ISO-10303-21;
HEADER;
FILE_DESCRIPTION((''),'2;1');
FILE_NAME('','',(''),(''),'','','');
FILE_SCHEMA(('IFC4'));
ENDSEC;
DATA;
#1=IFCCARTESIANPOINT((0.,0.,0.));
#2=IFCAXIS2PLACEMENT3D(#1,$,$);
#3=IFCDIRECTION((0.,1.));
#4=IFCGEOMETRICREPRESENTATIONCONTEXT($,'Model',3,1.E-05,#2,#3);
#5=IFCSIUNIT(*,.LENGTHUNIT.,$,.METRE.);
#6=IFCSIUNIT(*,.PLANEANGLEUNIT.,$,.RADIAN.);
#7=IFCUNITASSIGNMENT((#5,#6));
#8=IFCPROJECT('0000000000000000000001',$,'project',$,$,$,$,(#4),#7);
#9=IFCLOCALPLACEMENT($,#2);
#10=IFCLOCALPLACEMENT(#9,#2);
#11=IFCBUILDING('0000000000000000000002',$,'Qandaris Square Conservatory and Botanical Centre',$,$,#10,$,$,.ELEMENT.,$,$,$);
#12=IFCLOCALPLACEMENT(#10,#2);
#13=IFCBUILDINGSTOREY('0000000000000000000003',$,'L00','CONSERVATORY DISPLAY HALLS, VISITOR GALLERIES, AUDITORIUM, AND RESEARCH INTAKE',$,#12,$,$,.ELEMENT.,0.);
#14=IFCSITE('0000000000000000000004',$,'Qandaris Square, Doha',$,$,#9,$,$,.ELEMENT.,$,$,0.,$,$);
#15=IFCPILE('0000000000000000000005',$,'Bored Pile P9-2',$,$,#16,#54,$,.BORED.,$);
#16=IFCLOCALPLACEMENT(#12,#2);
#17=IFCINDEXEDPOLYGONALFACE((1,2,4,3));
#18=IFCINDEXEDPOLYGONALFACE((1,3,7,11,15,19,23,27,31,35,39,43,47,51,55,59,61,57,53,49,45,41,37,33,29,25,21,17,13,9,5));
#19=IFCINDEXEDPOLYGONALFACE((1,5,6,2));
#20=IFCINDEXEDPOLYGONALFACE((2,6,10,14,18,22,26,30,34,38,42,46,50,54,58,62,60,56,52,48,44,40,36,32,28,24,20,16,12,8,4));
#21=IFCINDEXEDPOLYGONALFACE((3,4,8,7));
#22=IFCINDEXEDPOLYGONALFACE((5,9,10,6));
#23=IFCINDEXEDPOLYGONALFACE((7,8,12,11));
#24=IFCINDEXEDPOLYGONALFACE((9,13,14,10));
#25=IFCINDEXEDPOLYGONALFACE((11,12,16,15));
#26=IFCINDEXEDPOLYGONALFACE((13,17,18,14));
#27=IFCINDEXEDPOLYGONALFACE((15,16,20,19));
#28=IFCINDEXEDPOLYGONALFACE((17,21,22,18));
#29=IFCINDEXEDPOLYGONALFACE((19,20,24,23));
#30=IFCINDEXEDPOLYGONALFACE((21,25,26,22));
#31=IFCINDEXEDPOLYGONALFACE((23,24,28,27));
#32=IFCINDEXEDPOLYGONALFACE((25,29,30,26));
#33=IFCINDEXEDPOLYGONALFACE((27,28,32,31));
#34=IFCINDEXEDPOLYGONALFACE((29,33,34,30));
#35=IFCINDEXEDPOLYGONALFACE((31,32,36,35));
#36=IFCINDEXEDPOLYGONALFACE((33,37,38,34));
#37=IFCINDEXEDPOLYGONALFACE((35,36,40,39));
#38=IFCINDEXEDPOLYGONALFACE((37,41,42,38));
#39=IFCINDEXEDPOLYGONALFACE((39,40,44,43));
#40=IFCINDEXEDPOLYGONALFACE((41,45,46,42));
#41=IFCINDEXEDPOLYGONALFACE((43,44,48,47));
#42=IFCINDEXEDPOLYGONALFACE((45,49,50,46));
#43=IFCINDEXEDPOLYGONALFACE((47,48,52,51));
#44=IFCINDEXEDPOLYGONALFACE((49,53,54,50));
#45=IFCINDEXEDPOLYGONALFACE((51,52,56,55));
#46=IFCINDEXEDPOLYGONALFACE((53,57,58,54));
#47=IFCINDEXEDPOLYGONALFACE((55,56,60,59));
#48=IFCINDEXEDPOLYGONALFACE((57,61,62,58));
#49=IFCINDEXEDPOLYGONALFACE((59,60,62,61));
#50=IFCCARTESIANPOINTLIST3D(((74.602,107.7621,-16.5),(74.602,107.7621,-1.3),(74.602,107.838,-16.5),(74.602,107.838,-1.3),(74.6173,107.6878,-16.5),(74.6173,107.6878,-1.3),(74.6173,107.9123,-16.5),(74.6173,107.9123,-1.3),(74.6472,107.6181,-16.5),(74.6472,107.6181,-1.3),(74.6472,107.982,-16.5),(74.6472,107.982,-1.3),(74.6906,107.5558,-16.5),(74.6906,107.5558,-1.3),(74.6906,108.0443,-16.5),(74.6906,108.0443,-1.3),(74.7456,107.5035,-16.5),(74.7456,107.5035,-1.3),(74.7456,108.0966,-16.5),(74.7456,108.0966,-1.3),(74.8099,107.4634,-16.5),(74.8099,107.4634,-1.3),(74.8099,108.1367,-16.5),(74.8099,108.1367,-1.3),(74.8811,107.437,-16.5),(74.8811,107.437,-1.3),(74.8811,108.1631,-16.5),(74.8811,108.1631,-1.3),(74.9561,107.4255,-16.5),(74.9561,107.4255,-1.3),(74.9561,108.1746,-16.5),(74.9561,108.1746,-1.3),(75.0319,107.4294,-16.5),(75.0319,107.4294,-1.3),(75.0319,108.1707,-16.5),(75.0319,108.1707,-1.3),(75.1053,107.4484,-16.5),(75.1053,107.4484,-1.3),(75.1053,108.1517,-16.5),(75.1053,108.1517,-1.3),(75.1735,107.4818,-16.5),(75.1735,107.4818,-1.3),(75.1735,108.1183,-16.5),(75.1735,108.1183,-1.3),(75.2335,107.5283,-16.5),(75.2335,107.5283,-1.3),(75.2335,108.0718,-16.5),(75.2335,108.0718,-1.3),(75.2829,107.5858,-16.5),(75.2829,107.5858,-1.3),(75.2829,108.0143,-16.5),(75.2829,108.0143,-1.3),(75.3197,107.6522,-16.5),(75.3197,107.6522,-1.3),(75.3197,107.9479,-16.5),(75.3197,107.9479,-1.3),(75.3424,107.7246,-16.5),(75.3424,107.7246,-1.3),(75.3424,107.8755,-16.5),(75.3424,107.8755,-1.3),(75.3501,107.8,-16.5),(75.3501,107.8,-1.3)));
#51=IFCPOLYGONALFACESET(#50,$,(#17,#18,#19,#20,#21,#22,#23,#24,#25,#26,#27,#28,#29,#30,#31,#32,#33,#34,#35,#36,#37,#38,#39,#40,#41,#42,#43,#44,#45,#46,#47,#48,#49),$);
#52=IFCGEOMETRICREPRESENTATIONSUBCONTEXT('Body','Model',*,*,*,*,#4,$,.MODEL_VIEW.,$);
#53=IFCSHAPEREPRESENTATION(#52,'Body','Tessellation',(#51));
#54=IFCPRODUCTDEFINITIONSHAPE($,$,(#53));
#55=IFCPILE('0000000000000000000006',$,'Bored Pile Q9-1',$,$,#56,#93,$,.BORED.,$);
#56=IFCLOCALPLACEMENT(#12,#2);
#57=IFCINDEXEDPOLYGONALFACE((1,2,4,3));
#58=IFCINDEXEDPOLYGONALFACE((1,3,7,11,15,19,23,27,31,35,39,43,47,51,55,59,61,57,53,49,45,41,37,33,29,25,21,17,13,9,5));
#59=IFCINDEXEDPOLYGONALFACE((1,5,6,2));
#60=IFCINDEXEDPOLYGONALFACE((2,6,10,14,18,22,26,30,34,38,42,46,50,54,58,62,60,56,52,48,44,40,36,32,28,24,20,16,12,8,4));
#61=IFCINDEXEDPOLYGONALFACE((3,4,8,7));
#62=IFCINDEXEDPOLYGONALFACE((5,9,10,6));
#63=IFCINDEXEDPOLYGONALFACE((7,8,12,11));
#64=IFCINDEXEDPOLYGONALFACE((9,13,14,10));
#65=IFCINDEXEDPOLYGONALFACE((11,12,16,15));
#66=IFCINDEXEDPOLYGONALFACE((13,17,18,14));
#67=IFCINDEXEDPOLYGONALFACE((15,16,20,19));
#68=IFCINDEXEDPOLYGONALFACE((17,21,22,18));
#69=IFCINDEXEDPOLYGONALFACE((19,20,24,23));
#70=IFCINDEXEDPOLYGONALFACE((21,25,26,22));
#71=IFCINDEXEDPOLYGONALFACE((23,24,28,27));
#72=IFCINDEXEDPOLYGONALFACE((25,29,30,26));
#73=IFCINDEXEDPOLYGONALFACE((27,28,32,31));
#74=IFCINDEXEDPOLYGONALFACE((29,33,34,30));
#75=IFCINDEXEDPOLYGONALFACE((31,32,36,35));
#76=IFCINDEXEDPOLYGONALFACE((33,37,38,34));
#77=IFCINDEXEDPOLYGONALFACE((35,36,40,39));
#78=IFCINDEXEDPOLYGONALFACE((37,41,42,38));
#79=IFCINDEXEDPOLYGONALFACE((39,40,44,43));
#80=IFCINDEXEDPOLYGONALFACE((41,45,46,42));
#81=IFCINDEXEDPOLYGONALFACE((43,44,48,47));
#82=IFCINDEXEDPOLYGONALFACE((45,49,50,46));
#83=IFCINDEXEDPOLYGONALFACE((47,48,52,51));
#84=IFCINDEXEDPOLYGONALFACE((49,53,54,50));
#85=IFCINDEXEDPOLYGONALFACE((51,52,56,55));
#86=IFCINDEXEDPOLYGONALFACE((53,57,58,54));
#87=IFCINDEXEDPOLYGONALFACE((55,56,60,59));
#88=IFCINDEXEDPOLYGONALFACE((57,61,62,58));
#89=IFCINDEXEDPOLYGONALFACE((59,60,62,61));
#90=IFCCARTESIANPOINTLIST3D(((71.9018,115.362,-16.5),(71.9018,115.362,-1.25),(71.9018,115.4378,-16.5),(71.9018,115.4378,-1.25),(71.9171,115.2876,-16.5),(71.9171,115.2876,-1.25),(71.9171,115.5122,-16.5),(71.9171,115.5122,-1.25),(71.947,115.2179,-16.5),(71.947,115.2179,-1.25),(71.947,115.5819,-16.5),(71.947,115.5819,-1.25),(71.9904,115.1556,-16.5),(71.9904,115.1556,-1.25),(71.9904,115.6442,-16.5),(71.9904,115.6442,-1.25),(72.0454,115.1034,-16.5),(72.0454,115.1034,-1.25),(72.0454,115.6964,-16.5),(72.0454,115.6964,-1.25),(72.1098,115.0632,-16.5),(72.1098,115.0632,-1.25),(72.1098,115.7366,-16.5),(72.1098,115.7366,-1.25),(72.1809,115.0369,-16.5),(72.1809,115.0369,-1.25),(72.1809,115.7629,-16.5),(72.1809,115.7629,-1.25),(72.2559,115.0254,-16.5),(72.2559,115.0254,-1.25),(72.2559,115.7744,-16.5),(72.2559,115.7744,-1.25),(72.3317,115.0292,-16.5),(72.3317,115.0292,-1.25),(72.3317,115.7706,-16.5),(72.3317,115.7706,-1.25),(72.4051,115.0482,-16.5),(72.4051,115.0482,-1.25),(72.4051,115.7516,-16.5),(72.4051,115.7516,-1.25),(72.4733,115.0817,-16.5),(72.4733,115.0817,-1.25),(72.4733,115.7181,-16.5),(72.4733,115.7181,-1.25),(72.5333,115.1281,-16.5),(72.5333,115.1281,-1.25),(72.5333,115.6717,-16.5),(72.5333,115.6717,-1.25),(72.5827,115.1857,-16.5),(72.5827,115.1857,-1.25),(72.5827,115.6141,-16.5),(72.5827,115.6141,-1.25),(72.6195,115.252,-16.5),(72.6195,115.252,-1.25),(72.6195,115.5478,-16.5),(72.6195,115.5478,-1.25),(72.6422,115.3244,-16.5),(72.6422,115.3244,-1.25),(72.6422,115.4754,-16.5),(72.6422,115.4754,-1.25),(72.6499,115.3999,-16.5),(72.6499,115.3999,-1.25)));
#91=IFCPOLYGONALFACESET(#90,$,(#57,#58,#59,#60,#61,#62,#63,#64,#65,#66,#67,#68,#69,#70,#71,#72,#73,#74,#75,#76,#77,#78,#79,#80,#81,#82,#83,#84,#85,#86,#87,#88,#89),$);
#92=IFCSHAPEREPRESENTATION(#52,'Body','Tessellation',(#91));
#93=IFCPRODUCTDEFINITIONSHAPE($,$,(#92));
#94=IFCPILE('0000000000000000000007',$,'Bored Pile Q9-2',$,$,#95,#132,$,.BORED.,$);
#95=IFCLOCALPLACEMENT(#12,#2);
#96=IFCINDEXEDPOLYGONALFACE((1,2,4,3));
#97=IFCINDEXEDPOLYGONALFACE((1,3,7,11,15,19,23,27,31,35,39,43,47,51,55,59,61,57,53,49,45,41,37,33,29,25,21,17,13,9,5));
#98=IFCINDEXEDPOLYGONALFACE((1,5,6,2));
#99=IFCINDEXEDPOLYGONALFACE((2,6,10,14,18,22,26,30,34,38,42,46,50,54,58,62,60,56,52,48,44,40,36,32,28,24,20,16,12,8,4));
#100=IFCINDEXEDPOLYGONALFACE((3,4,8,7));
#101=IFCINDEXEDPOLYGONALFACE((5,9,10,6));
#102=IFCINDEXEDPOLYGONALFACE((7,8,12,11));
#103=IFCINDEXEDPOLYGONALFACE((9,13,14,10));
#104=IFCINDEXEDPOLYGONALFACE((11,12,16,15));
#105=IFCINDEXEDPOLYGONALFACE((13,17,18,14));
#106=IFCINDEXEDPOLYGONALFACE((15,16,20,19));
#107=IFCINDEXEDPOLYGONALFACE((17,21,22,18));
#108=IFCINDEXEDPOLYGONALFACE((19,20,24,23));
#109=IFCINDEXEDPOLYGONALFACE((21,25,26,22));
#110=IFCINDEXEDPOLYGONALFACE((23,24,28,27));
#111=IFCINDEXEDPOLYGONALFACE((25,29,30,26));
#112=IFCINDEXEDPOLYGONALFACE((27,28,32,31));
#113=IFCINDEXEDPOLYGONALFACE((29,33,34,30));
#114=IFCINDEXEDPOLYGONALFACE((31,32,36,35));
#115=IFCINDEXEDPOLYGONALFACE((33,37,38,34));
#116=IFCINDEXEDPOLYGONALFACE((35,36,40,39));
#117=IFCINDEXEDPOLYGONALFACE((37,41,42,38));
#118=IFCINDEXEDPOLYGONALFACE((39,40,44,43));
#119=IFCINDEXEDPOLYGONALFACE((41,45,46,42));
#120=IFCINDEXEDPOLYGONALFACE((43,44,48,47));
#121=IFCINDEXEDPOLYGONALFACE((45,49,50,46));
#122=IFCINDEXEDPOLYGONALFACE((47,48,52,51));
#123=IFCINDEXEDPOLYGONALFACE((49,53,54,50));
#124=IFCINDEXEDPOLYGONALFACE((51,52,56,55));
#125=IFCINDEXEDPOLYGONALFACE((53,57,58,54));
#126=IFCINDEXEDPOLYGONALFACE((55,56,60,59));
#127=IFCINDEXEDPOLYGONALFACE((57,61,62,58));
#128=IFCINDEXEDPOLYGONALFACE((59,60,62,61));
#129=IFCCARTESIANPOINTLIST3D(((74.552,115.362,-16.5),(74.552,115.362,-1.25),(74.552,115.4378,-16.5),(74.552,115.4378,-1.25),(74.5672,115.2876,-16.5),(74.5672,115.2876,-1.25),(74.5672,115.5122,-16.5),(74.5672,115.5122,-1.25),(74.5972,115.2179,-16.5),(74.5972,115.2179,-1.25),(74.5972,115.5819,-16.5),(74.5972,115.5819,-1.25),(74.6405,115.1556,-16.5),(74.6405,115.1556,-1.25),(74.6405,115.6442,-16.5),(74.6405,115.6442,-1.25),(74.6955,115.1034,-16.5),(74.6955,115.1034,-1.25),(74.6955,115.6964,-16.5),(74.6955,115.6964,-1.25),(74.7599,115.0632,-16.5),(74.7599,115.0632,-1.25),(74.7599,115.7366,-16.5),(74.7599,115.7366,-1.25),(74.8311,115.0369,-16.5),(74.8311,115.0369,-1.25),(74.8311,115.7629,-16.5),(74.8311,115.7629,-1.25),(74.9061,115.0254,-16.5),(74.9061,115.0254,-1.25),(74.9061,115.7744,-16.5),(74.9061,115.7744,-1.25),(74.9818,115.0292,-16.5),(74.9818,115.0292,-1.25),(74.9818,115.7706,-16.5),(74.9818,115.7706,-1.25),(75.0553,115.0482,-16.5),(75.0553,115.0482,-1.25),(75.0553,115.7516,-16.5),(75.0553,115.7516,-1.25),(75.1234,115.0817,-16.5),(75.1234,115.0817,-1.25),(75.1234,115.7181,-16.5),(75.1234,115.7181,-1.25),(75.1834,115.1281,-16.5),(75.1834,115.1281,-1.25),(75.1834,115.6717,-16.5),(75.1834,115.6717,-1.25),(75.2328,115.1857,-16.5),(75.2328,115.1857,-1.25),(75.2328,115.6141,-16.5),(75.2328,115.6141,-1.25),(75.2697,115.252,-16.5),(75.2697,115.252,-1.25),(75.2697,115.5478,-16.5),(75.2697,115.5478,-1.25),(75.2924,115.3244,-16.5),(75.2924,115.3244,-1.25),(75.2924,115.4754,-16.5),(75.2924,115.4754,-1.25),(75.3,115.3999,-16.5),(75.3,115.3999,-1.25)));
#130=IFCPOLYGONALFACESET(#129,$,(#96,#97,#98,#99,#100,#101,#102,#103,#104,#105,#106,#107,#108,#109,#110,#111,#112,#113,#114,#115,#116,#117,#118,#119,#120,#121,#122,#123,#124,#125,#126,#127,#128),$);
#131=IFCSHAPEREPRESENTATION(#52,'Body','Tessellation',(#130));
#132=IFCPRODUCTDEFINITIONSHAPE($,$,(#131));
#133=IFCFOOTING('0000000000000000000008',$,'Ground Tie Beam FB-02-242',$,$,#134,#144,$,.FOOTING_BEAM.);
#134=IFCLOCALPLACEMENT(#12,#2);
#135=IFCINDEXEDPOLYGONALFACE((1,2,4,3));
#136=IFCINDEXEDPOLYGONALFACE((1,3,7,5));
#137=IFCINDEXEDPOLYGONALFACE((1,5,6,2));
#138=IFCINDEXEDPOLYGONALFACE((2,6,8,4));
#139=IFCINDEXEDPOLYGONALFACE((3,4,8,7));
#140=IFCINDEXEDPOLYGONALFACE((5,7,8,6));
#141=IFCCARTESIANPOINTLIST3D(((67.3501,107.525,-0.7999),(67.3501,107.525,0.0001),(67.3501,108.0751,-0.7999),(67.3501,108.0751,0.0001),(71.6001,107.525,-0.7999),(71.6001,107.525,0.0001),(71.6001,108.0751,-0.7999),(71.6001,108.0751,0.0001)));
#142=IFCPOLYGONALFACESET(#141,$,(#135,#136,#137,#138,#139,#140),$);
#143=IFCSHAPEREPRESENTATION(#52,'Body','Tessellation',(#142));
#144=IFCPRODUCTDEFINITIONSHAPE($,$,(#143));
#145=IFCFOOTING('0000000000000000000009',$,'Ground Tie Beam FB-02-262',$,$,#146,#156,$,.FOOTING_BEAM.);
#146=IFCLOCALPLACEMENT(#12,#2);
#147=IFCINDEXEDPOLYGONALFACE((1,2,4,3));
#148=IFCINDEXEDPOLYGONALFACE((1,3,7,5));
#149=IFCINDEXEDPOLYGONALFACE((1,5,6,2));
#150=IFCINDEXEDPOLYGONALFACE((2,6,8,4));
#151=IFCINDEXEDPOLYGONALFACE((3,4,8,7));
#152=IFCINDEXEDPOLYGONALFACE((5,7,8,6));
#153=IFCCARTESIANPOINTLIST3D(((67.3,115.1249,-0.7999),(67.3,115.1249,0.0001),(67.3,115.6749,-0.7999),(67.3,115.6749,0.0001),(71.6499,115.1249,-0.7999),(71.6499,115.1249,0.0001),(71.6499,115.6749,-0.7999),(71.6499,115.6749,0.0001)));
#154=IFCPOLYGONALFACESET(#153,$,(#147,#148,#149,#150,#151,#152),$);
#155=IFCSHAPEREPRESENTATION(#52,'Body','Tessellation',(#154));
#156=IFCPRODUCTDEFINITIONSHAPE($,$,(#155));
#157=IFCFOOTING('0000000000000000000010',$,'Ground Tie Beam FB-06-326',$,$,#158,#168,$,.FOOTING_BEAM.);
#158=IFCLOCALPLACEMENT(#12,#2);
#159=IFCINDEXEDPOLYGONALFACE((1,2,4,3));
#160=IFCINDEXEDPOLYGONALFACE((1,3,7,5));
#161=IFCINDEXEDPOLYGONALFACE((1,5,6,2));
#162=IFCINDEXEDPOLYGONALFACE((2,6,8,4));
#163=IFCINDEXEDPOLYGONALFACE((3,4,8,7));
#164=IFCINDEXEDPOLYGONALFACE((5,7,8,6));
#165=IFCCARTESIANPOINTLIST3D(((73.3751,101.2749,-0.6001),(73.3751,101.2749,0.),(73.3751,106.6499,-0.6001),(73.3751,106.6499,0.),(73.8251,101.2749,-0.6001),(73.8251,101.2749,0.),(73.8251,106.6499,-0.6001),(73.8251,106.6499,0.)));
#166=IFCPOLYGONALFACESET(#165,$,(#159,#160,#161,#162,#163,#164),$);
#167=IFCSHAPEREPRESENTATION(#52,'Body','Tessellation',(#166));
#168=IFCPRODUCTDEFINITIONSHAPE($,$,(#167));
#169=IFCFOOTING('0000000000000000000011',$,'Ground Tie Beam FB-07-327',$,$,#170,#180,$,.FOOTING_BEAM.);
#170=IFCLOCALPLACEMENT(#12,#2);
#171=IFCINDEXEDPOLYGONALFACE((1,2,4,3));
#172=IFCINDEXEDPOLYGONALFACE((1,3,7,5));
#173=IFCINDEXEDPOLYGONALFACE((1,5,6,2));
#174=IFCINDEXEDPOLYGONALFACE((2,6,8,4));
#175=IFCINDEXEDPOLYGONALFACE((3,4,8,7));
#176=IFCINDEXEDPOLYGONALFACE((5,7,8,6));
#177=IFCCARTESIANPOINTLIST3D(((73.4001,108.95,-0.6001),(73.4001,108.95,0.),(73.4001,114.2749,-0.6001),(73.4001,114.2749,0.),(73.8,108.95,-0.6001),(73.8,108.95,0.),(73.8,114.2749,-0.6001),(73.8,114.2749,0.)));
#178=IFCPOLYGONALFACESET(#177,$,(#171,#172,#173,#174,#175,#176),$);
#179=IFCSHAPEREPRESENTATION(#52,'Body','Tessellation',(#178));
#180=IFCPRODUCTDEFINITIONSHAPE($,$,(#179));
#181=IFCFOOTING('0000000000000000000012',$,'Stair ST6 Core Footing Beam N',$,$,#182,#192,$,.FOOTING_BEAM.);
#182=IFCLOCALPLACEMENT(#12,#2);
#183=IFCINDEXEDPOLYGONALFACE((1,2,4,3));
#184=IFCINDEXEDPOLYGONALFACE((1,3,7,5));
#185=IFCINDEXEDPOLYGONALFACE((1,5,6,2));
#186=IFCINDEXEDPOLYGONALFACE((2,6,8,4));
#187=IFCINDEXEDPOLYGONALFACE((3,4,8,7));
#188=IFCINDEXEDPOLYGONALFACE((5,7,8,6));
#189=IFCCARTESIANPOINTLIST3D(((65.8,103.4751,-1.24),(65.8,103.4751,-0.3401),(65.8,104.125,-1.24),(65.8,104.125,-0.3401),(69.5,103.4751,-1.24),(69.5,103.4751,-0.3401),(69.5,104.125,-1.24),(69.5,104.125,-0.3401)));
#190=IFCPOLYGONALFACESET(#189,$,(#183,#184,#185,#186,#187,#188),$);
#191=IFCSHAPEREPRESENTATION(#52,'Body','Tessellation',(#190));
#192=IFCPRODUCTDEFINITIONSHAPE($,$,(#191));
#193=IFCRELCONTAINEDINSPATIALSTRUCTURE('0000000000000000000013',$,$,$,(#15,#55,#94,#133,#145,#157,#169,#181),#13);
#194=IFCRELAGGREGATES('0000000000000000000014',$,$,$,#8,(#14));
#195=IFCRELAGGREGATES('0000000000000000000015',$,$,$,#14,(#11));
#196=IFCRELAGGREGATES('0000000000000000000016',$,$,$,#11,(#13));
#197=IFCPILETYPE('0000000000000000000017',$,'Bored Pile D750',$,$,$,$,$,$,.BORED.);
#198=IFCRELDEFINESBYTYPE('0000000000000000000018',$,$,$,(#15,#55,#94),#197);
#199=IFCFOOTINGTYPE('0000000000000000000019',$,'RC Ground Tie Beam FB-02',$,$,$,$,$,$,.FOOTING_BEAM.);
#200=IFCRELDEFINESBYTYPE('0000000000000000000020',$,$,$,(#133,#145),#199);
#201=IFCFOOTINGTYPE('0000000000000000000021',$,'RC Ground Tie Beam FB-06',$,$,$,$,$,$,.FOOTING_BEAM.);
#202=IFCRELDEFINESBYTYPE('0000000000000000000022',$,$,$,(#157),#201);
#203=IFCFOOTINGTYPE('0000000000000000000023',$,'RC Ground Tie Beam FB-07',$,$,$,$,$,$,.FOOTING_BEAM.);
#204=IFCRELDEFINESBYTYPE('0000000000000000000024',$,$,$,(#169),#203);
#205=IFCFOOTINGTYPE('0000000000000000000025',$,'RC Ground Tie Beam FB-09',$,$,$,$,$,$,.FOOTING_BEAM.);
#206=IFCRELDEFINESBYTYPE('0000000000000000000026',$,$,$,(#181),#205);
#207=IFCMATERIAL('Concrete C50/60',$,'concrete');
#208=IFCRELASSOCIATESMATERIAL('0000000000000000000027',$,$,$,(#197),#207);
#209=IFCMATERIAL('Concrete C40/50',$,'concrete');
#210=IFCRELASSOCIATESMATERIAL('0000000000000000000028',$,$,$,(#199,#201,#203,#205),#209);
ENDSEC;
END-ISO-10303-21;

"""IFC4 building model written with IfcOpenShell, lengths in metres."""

from ifc_helpers import new_model, si_unit, direction, frame, origin, origin_2d, place, context, subcontext, project, spatial, rectangle, circle, extrude, material, material_profile, profile_set, type_object, element, save


model = new_model("IFC4")

# Units and contexts
model_context = context("Model", 3, precision=1e-05, world=origin(), true_north=direction((0.0, 1.0)))
body_context = subcontext(model_context, "Body", "Model", "MODEL_VIEW")
ifc_project = project(units=[si_unit("LENGTHUNIT", "METRE"), si_unit("PLANEANGLEUNIT", "RADIAN")], contexts=[model_context])

# Site, building, storey
site_placement = place(None, origin())
site = spatial("IfcSite", under=ifc_project, at=site_placement, Name="Qandaris Square, Doha", CompositionType="ELEMENT", RefElevation=0.0)
building_placement = place(site_placement, origin())
building = spatial("IfcBuilding", under=site, at=building_placement, Name="Qandaris Square Conservatory and Botanical Centre", CompositionType="ELEMENT")
storey_placement = place(building_placement, origin())
storey = spatial("IfcBuildingStorey", under=building, at=storey_placement, Name="L00", Description="CONSERVATORY DISPLAY HALLS, VISITOR GALLERIES, AUDITORIUM, AND RESEARCH INTAKE", CompositionType="ELEMENT", Elevation=0.0)

# Piles
ifc_material_1 = material(Name="Concrete C50/60", Category="concrete")
ifc_material_profile_1 = material_profile(ifc_material_1, circle(Radius=0.375, at=origin_2d()), Name="PILE D750")
ifc_profile_set_1 = profile_set([ifc_material_profile_1], Name="Concrete C50/60")
pile_type = type_object("IfcPileType", Name="Bored Pile D750", PredefinedType="BORED", material=ifc_profile_set_1)
for number, where, z_axis, x_axis, name in (
    (1, (74.9751, 107.8, -1.3), (0.0, 0.0, -1.0), (1.0, 0.0, 0.0), "Bored Pile P9-2"),
):
    element("IfcPile", number, at=place(storey_placement, frame(where, z_axis=z_axis, x_axis=x_axis)), inside=storey, type_object=pile_type, Name=name, PredefinedType="BORED", context=body_context, shape_type="SweptSolid", body=[
        extrude(circle(Radius=0.375, at=origin_2d()), origin(), (0.0, 0.0, 1.0), 15.2),
    ])
for number, where, z_axis, x_axis, name in (
    (2, (72.2749, 115.3999, -1.25), (0.0, 0.0, -1.0), (1.0, 0.0, 0.0), "Bored Pile Q9-1"),
    (3, (74.925, 115.3999, -1.25), (0.0, 0.0, -1.0), (1.0, 0.0, 0.0), "Bored Pile Q9-2"),
):
    element("IfcPile", number, at=place(storey_placement, frame(where, z_axis=z_axis, x_axis=x_axis)), inside=storey, type_object=pile_type, Name=name, PredefinedType="BORED", context=body_context, shape_type="SweptSolid", body=[
        extrude(circle(Radius=0.375, at=origin_2d()), origin(), (0.0, 0.0, 1.0), 15.25),
    ])

# Footings
ifc_material_2 = material(Name="Concrete C40/50", Category="concrete")
ifc_material_profile_2 = material_profile(ifc_material_2, rectangle(XDim=0.55, YDim=0.8, at=origin_2d()), Name="FB 550x800")
ifc_profile_set_2 = profile_set([ifc_material_profile_2], Name="Concrete C40/50")
footing_type_1 = type_object("IfcFootingType", Name="RC Ground Tie Beam FB-02", PredefinedType="FOOTING_BEAM", material=ifc_profile_set_2)
footing_1_placement = place(storey_placement, frame((67.3501, 107.8, -0.3999), z_axis=(1.0, 0.0, 0.0), x_axis=(0.0, 1.0, 0.0)))
element("IfcFooting", 4, at=footing_1_placement, inside=storey, type_object=footing_type_1, Name="Ground Tie Beam FB-02-242", PredefinedType="FOOTING_BEAM", context=body_context, shape_type="SweptSolid", body=[
    extrude(rectangle(XDim=0.55, YDim=0.8, at=origin_2d()), origin(), (0.0, 0.0, 1.0), 4.25),
])
footing_2_placement = place(storey_placement, frame((67.3, 115.3999, -0.3999), z_axis=(1.0, 0.0, 0.0), x_axis=(0.0, 1.0, 0.0)))
element("IfcFooting", 5, at=footing_2_placement, inside=storey, type_object=footing_type_1, Name="Ground Tie Beam FB-02-262", PredefinedType="FOOTING_BEAM", context=body_context, shape_type="SweptSolid", body=[
    extrude(rectangle(XDim=0.55, YDim=0.8, at=origin_2d()), origin(), (0.0, 0.0, 1.0), 4.3499),
])
ifc_material_profile_3 = material_profile(ifc_material_2, rectangle(XDim=0.45, YDim=0.6001, at=origin_2d()), Name="FB 450x600")
ifc_profile_set_3 = profile_set([ifc_material_profile_3], Name="Concrete C40/50")
footing_type_2 = type_object("IfcFootingType", Name="RC Ground Tie Beam FB-06", PredefinedType="FOOTING_BEAM", material=ifc_profile_set_3)
footing_3_placement = place(storey_placement, frame((73.6001, 101.2749, -0.3), z_axis=(0.0, 1.0, 0.0), x_axis=(-1.0, 0.0, 0.0)))
element("IfcFooting", 6, at=footing_3_placement, inside=storey, type_object=footing_type_2, Name="Ground Tie Beam FB-06-326", PredefinedType="FOOTING_BEAM", context=body_context, shape_type="SweptSolid", body=[
    extrude(rectangle(XDim=0.45, YDim=0.6001, at=origin_2d()), origin(), (0.0, 0.0, 1.0), 5.375),
])
ifc_material_profile_4 = material_profile(ifc_material_2, rectangle(XDim=0.3999, YDim=0.6001, at=origin_2d()), Name="FB 400x600")
ifc_profile_set_4 = profile_set([ifc_material_profile_4], Name="Concrete C40/50")
footing_type_3 = type_object("IfcFootingType", Name="RC Ground Tie Beam FB-07", PredefinedType="FOOTING_BEAM", material=ifc_profile_set_4)
footing_4_placement = place(storey_placement, frame((73.6001, 108.95, -0.3), z_axis=(0.0, 1.0, 0.0), x_axis=(-1.0, 0.0, 0.0)))
element("IfcFooting", 7, at=footing_4_placement, inside=storey, type_object=footing_type_3, Name="Ground Tie Beam FB-07-327", PredefinedType="FOOTING_BEAM", context=body_context, shape_type="SweptSolid", body=[
    extrude(rectangle(XDim=0.3999, YDim=0.6001, at=origin_2d()), origin(), (0.0, 0.0, 1.0), 5.325),
])
ifc_material_profile_5 = material_profile(ifc_material_2, rectangle(XDim=0.6499, YDim=0.8999, at=origin_2d()), Name="FB 650x900")
ifc_profile_set_5 = profile_set([ifc_material_profile_5], Name="Concrete C40/50")
footing_type_4 = type_object("IfcFootingType", Name="RC Ground Tie Beam FB-09", PredefinedType="FOOTING_BEAM", material=ifc_profile_set_5)
footing_5_placement = place(storey_placement, frame((65.8, 103.8, -0.79), z_axis=(1.0, 0.0, 0.0), x_axis=(0.0, 1.0, 0.0)))
element("IfcFooting", 8, at=footing_5_placement, inside=storey, type_object=footing_type_4, Name="Stair ST6 Core Footing Beam N", PredefinedType="FOOTING_BEAM", context=body_context, shape_type="SweptSolid", body=[
    extrude(rectangle(XDim=0.6499, YDim=0.8999, at=origin_2d()), origin(), (0.0, 0.0, 1.0), 3.7),
])

save(model, "model.ifc")
